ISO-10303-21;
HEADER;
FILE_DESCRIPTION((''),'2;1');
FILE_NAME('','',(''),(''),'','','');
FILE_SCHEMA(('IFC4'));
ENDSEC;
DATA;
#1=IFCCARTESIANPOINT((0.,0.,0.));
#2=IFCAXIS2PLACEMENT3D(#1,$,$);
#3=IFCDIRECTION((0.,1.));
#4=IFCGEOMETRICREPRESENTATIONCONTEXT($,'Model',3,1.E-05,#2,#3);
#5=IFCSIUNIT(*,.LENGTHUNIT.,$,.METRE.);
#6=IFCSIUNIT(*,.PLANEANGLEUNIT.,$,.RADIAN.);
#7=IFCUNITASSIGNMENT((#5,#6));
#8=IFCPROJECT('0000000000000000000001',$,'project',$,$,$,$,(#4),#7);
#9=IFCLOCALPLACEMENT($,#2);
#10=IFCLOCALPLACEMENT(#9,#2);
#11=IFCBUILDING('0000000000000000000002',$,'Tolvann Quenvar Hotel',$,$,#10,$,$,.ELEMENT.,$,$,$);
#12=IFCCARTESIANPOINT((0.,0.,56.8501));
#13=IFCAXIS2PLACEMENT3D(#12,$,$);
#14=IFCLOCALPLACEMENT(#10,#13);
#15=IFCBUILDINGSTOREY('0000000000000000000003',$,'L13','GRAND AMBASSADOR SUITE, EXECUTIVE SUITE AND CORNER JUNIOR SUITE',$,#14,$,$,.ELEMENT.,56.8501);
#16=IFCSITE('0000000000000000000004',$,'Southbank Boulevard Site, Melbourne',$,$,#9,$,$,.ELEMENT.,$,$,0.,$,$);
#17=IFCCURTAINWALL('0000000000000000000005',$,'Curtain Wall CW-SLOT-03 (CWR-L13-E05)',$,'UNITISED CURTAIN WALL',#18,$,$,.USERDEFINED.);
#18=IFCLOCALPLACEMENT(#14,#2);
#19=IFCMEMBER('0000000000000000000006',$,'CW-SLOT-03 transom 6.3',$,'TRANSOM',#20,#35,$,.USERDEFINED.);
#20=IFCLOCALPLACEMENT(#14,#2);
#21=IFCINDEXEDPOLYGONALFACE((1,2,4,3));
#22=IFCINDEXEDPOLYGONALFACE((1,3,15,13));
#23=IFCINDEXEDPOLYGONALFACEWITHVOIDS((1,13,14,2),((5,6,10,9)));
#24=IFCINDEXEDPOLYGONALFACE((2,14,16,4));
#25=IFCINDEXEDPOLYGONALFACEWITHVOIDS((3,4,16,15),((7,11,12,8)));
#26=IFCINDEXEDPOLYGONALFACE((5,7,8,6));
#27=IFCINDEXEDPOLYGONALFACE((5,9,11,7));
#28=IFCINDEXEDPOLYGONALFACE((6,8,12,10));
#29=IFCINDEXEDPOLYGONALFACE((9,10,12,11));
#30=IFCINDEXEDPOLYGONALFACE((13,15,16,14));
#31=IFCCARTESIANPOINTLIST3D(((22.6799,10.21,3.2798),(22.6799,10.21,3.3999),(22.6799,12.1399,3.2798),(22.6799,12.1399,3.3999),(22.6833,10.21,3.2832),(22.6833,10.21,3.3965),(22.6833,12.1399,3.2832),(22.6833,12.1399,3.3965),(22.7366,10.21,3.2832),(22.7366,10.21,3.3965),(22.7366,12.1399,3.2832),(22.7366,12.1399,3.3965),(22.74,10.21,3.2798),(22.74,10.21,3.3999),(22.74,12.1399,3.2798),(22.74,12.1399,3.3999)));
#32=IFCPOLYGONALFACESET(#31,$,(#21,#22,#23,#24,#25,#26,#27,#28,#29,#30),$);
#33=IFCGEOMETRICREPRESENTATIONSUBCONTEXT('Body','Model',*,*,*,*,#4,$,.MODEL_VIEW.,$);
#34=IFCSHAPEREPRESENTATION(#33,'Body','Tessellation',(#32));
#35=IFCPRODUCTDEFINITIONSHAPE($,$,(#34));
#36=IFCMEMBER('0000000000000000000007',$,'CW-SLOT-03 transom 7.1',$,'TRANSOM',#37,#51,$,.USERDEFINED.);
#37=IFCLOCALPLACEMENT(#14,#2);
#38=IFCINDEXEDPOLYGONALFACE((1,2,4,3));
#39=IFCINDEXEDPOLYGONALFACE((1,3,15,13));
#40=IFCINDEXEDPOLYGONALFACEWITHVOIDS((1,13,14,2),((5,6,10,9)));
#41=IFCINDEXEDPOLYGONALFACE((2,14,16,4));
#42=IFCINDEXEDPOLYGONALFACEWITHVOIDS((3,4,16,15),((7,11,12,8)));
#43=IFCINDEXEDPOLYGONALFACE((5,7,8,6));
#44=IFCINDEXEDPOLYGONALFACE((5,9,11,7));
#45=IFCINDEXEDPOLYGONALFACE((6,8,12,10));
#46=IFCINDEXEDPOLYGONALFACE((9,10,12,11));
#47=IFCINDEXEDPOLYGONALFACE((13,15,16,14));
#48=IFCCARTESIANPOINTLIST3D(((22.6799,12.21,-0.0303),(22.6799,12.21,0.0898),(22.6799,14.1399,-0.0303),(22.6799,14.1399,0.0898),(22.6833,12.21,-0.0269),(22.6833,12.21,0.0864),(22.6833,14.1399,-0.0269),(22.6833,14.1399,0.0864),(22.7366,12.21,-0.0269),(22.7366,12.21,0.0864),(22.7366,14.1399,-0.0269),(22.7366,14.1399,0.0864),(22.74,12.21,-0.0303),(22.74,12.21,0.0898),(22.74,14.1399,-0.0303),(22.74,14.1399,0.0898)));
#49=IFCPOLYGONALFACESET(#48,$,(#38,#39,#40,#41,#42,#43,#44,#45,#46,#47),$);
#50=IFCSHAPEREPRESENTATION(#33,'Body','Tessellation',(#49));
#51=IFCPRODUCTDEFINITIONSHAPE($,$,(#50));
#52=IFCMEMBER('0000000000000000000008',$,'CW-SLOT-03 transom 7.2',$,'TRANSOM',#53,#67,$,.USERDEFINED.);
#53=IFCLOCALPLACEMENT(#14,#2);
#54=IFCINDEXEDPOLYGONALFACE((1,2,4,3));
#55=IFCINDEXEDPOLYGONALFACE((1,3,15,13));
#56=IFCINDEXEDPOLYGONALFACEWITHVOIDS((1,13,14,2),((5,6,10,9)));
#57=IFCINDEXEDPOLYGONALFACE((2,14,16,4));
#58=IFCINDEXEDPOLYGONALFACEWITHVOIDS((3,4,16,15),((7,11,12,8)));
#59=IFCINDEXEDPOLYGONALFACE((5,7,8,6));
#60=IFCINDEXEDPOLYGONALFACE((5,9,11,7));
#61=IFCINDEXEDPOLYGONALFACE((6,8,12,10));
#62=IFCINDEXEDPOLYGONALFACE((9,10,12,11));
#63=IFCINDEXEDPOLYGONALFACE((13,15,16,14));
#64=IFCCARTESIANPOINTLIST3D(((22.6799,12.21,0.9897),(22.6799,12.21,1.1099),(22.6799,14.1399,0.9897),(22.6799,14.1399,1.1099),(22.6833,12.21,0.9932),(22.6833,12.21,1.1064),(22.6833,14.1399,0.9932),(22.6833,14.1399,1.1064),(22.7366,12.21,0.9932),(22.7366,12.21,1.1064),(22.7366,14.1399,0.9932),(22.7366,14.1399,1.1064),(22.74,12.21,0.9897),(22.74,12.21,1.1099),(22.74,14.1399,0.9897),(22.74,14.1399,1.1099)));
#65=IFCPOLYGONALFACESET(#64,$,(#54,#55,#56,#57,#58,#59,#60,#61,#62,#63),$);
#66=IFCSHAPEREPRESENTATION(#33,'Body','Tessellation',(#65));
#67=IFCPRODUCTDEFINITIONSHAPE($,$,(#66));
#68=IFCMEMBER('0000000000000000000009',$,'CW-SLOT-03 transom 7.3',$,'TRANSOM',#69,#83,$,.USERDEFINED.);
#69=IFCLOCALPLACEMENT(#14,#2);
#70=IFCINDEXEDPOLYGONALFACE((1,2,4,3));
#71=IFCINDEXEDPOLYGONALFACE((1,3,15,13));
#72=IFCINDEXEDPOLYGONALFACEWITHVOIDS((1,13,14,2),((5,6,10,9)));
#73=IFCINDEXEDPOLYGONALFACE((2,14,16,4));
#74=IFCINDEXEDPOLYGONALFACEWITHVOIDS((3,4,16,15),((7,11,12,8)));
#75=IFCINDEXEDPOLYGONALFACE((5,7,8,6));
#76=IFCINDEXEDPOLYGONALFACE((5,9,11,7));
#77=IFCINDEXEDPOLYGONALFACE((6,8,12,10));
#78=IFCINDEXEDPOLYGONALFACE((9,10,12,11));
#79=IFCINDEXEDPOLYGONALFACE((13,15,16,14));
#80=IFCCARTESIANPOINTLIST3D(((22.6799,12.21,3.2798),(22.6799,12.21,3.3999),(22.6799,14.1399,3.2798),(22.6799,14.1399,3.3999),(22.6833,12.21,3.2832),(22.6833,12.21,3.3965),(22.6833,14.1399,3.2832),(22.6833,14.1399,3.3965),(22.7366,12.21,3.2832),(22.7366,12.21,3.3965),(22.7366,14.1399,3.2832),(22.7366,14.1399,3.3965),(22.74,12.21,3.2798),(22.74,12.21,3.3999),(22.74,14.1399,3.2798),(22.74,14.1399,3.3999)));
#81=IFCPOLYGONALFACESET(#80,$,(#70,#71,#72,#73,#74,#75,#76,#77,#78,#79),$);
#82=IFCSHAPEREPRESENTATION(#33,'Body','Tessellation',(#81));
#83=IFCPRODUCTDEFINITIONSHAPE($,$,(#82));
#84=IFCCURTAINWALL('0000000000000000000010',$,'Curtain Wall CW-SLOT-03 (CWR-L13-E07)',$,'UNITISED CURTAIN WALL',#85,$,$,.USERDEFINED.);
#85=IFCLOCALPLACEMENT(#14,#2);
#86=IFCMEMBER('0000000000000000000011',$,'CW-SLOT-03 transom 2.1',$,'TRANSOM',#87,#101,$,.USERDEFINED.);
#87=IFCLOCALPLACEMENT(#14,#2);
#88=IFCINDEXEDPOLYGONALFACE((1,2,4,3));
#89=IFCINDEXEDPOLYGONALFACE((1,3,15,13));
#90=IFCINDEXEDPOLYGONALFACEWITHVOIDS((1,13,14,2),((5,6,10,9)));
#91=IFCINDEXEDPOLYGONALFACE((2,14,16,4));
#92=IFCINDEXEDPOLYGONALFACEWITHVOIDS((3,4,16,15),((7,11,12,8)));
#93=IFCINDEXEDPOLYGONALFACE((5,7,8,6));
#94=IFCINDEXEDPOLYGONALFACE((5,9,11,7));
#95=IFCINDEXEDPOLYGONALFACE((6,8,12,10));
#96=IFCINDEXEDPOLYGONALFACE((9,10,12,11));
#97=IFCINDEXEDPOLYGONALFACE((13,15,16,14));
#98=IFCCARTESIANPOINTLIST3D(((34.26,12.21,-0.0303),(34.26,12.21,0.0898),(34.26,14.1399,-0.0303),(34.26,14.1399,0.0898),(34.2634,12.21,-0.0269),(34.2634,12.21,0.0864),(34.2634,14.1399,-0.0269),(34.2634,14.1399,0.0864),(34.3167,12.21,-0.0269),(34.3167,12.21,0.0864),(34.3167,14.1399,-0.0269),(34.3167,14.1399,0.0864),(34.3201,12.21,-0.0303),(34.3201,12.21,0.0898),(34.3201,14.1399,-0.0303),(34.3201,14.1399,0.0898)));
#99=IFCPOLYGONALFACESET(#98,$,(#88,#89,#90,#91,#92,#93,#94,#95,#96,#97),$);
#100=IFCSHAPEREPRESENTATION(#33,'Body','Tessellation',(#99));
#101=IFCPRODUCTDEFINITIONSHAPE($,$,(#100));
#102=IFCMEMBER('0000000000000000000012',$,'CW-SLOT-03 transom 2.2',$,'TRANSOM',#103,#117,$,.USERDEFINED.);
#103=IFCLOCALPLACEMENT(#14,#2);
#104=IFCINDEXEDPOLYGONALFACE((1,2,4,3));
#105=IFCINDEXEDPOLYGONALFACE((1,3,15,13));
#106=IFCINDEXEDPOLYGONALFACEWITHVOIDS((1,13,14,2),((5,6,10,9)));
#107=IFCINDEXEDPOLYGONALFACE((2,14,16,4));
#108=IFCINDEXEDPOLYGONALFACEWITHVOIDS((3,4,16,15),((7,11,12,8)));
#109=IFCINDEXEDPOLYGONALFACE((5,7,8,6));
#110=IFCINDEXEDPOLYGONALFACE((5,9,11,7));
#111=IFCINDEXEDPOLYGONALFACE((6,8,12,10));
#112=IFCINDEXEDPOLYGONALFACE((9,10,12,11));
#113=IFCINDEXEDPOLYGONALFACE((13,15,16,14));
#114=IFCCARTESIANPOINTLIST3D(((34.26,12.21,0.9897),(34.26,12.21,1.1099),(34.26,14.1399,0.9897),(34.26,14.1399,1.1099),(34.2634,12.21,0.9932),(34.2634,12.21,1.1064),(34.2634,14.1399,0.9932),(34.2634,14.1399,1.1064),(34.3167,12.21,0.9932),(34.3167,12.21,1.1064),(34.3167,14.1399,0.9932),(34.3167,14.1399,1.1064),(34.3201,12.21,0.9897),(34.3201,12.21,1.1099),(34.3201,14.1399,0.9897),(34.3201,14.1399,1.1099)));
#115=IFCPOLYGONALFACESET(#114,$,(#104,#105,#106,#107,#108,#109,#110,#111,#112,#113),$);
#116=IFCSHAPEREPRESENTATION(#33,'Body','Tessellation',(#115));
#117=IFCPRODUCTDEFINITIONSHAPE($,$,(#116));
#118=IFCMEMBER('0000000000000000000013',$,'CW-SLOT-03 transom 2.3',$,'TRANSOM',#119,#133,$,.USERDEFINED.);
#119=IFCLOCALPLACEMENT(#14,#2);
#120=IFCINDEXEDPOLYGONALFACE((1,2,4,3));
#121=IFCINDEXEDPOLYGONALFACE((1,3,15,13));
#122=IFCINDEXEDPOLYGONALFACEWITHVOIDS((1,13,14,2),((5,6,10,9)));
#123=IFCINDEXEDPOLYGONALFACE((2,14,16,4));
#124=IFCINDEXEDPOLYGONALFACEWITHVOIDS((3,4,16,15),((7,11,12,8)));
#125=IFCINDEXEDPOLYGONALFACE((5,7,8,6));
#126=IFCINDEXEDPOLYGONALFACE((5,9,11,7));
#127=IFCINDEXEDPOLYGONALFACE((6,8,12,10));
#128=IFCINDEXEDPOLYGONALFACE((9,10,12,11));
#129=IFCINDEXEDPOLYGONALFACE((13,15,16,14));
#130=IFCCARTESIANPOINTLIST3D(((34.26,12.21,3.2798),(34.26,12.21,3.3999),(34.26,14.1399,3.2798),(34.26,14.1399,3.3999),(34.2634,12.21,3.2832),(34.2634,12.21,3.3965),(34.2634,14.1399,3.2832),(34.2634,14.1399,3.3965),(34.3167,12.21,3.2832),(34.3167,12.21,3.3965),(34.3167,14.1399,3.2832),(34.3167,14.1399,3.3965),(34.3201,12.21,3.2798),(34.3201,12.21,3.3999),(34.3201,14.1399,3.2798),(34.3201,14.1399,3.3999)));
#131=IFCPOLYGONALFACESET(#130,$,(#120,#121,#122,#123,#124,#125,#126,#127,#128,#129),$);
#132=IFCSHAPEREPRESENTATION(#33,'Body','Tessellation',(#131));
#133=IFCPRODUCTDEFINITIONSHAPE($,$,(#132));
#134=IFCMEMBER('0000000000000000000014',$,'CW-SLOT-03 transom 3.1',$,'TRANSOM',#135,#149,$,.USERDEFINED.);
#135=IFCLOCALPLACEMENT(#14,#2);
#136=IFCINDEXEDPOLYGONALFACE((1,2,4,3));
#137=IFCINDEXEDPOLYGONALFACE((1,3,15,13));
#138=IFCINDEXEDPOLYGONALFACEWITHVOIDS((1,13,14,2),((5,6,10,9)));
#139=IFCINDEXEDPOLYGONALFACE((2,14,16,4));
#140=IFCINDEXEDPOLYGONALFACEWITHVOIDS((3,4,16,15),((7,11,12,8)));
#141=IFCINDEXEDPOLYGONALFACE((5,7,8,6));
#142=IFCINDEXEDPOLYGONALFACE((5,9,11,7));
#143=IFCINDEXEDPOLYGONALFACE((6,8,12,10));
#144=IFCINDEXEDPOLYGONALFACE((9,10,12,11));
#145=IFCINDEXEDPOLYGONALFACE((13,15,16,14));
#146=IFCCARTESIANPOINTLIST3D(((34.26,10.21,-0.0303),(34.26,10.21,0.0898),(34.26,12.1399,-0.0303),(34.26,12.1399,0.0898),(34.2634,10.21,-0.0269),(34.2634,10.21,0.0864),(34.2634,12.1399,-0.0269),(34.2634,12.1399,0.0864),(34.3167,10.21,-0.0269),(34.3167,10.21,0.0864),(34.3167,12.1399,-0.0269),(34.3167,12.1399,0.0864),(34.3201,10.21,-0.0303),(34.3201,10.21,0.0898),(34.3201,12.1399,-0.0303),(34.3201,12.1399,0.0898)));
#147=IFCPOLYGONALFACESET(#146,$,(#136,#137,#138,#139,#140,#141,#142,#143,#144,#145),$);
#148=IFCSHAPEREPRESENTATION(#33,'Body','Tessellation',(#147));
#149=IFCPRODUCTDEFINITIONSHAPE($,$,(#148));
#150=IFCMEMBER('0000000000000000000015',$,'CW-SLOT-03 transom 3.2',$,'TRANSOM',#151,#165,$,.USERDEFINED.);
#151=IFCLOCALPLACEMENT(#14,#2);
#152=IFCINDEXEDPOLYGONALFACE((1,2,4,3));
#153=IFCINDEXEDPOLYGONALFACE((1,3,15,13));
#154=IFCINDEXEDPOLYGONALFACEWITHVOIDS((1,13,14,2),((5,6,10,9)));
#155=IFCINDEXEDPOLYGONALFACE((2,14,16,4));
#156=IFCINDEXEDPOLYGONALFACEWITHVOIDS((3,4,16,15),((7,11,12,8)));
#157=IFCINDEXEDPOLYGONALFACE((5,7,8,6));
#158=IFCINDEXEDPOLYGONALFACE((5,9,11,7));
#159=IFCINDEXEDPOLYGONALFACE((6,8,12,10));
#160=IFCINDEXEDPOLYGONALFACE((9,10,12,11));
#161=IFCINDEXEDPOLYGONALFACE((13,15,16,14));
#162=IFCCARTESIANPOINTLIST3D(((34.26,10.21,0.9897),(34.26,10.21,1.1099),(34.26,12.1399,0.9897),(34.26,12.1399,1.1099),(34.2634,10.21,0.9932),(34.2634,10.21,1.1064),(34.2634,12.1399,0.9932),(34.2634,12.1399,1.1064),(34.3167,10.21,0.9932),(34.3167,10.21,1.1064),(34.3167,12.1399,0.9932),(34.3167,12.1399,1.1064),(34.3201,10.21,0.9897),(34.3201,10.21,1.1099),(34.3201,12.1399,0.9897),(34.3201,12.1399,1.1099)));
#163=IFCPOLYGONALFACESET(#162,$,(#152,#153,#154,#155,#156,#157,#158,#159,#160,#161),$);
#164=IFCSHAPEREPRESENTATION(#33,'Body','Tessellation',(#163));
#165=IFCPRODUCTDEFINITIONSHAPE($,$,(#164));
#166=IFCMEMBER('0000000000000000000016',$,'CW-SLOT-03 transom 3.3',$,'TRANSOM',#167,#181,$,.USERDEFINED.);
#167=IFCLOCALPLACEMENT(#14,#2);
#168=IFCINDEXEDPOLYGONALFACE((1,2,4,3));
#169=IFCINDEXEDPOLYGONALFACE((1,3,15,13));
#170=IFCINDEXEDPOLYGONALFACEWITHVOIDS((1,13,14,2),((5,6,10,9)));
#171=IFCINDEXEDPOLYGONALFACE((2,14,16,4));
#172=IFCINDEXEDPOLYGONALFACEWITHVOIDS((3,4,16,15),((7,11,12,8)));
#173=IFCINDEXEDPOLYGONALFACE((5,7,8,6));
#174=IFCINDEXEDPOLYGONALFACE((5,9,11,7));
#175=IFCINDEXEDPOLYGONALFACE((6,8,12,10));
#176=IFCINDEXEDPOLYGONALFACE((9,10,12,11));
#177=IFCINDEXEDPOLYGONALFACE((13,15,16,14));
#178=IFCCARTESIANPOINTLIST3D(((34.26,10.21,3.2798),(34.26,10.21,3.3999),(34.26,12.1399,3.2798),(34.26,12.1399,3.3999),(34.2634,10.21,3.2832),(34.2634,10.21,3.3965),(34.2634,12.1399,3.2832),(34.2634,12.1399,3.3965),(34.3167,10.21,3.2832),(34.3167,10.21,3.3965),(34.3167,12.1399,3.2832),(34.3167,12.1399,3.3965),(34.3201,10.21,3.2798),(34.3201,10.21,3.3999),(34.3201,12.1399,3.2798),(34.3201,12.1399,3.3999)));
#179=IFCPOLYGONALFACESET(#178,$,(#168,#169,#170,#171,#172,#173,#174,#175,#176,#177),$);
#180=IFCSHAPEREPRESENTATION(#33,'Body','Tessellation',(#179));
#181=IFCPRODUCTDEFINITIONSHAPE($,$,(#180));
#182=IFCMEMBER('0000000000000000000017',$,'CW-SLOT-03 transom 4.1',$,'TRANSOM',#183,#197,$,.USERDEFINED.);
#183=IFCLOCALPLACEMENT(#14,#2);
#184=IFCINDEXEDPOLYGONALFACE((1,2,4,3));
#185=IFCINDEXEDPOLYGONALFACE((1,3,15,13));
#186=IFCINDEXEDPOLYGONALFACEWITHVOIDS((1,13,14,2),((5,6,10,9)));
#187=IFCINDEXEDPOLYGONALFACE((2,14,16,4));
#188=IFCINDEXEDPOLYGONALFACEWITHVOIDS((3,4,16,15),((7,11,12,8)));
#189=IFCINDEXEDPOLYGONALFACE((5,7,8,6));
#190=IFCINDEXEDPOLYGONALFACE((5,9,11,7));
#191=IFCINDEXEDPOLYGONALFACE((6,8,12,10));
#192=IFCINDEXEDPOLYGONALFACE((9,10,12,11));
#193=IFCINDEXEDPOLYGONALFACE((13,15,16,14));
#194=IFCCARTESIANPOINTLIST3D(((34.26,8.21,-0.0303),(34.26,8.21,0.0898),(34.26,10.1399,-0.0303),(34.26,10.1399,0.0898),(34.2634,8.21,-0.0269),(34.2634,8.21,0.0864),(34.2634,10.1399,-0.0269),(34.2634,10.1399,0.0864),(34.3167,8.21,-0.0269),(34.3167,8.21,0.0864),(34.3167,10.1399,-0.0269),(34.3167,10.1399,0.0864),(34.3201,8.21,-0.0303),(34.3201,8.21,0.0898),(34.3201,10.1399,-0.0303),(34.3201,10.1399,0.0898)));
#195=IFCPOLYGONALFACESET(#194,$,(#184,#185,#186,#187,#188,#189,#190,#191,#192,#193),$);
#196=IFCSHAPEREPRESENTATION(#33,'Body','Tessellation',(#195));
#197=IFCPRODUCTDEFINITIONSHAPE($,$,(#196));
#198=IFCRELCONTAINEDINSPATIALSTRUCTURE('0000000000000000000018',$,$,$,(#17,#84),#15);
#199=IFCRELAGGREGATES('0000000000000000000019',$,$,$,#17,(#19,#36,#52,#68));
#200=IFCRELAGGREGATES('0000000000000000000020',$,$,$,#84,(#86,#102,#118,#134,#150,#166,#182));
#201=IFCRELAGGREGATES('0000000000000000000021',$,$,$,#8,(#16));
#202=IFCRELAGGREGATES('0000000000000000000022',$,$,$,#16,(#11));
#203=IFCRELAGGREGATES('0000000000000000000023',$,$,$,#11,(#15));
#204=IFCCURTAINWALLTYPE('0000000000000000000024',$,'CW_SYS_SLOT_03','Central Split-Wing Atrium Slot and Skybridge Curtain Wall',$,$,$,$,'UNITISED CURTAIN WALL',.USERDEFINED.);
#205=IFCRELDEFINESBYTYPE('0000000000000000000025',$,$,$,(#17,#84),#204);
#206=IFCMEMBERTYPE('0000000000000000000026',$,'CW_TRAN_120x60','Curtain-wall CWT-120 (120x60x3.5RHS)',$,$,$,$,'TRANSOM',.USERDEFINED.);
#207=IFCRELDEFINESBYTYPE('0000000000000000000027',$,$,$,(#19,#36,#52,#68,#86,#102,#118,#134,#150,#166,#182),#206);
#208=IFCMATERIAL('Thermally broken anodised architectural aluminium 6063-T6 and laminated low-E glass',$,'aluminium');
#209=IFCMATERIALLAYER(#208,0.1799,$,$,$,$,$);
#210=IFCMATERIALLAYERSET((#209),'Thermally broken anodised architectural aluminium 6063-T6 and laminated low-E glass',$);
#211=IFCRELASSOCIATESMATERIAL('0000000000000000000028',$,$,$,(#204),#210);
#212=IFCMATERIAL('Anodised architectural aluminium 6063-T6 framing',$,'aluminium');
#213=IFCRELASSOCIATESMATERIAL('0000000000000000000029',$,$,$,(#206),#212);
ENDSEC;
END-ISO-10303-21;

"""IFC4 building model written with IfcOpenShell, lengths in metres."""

from ifc_helpers import new_model, si_unit, direction, frame, origin, origin_2d, place, context, subcontext, project, spatial, hollow_rectangle, extrude, source, transform, mapped, material, layer, layer_set, material_profile, profile_set, type_object, element, aggregate, save


model = new_model("IFC4")

# Units and contexts
model_context = context("Model", 3, precision=1e-05, world=origin(), true_north=direction((0.0, 1.0)))
body_context = subcontext(model_context, "Body", "Model", "MODEL_VIEW")
ifc_project = project(units=[si_unit("LENGTHUNIT", "METRE"), si_unit("PLANEANGLEUNIT", "RADIAN")], contexts=[model_context])

# Site, building, storey
site_placement = place(None, origin())
site = spatial("IfcSite", under=ifc_project, at=site_placement, Name="Southbank Boulevard Site, Melbourne", CompositionType="ELEMENT", RefElevation=0.0)
building_placement = place(site_placement, origin())
building = spatial("IfcBuilding", under=site, at=building_placement, Name="Tolvann Quenvar Hotel", CompositionType="ELEMENT")
storey_placement = place(building_placement, frame((0.0, 0.0, 56.8501)))
storey = spatial("IfcBuildingStorey", under=building, at=storey_placement, Name="L13", Description="GRAND AMBASSADOR SUITE, EXECUTIVE SUITE AND CORNER JUNIOR SUITE", CompositionType="ELEMENT", Elevation=56.8501)

# Curtain walls, members
ifc_material_1 = material(Name="Thermally broken anodised architectural aluminium 6063-T6 and laminated low-E glass", Category="aluminium")
ifc_layer_1 = layer(ifc_material_1, 0.1799)
ifc_layer_set_1 = layer_set([ifc_layer_1], Name="Thermally broken anodised architectural aluminium 6063-T6 and laminated low-E glass")
curtain_wall_type = type_object("IfcCurtainWallType", Name="CW_SYS_SLOT_03", Description="Central Split-Wing Atrium Slot and Skybridge Curtain Wall", ElementType="UNITISED CURTAIN WALL", PredefinedType="USERDEFINED", material=ifc_layer_set_1)
curtain_wall_1_placement = place(storey_placement, origin())
curtain_wall_1 = element("IfcCurtainWall", 1, at=curtain_wall_1_placement, inside=storey, type_object=curtain_wall_type, Name="Curtain Wall CW-SLOT-03 (CWR-L13-E05)", ObjectType="UNITISED CURTAIN WALL", PredefinedType="USERDEFINED")
ifc_material_2 = material(Name="Anodised architectural aluminium 6063-T6 framing", Category="aluminium")
ifc_material_profile_1 = material_profile(ifc_material_2, hollow_rectangle(XDim=0.0601, YDim=0.1201, WallThickness=0.0034, at=origin_2d()), Name="120x60x3.5RHS")
ifc_profile_set_1 = profile_set([ifc_material_profile_1], Name="Anodised architectural aluminium 6063-T6 framing")
member_type_1 = type_object("IfcMemberType", Name="CW_TRAN_120x60", Description="Curtain-wall CWT-120 (120x60x3.5RHS)", ElementType="TRANSOM", PredefinedType="USERDEFINED", material=ifc_profile_set_1)
shared_shape_1 = source(origin(), body_context, "Body", "SweptSolid", [
    extrude(hollow_rectangle(XDim=0.0601, YDim=0.1201, WallThickness=0.0034, at=origin_2d()), origin(), (0.0, 0.0, 1.0), 1.9299),
])
member_1_placement = place(storey_placement, frame((22.71, 10.21, 3.3398), z_axis=(0.0, 1.0, 0.0), x_axis=(-1.0, 0.0, 0.0)))
member_1 = element("IfcMember", 2, at=member_1_placement, type_object=member_type_1, Name="CW-SLOT-03 transom 6.3", ObjectType="TRANSOM", PredefinedType="USERDEFINED", context=body_context, shape_type="MappedRepresentation", body=[
    mapped(shared_shape_1, transform((0.0, 0.0, 0.0), x_axis=(1.0, 0.0, 0.0), y_axis=(0.0, 1.0, 0.0), z_axis=(0.0, 0.0, 1.0), scale=1.0)),
])
member_2_placement = place(storey_placement, frame((22.71, 12.21, 0.0298), z_axis=(0.0, 1.0, 0.0), x_axis=(-1.0, 0.0, 0.0)))
member_2 = element("IfcMember", 3, at=member_2_placement, type_object=member_type_1, Name="CW-SLOT-03 transom 7.1", ObjectType="TRANSOM", PredefinedType="USERDEFINED", context=body_context, shape_type="MappedRepresentation", body=[
    mapped(shared_shape_1, transform((0.0, 0.0, 0.0), x_axis=(1.0, 0.0, 0.0), y_axis=(0.0, 1.0, 0.0), z_axis=(0.0, 0.0, 1.0), scale=1.0)),
])
member_3_placement = place(storey_placement, frame((22.71, 12.21, 1.0498), z_axis=(0.0, 1.0, 0.0), x_axis=(-1.0, 0.0, 0.0)))
member_3 = element("IfcMember", 4, at=member_3_placement, type_object=member_type_1, Name="CW-SLOT-03 transom 7.2", ObjectType="TRANSOM", PredefinedType="USERDEFINED", context=body_context, shape_type="MappedRepresentation", body=[
    mapped(shared_shape_1, transform((0.0, 0.0, 0.0), x_axis=(1.0, 0.0, 0.0), y_axis=(0.0, 1.0, 0.0), z_axis=(0.0, 0.0, 1.0), scale=1.0)),
])
member_4_placement = place(storey_placement, frame((22.71, 12.21, 3.3398), z_axis=(0.0, 1.0, 0.0), x_axis=(-1.0, 0.0, 0.0)))
member_4 = element("IfcMember", 5, at=member_4_placement, type_object=member_type_1, Name="CW-SLOT-03 transom 7.3", ObjectType="TRANSOM", PredefinedType="USERDEFINED", context=body_context, shape_type="MappedRepresentation", body=[
    mapped(shared_shape_1, transform((0.0, 0.0, 0.0), x_axis=(1.0, 0.0, 0.0), y_axis=(0.0, 1.0, 0.0), z_axis=(0.0, 0.0, 1.0), scale=1.0)),
])
curtain_wall_2_placement = place(storey_placement, origin())
curtain_wall_2 = element("IfcCurtainWall", 6, at=curtain_wall_2_placement, inside=storey, type_object=curtain_wall_type, Name="Curtain Wall CW-SLOT-03 (CWR-L13-E07)", ObjectType="UNITISED CURTAIN WALL", PredefinedType="USERDEFINED")
member_5_placement = place(storey_placement, frame((34.29, 14.1399, 0.0298), z_axis=(0.0, -1.0, 0.0), x_axis=(1.0, 0.0, 0.0)))
member_5 = element("IfcMember", 7, at=member_5_placement, type_object=member_type_1, Name="CW-SLOT-03 transom 2.1", ObjectType="TRANSOM", PredefinedType="USERDEFINED", context=body_context, shape_type="MappedRepresentation", body=[
    mapped(shared_shape_1, transform((0.0, 0.0, 0.0), x_axis=(1.0, 0.0, 0.0), y_axis=(0.0, 1.0, 0.0), z_axis=(0.0, 0.0, 1.0), scale=1.0)),
])
member_6_placement = place(storey_placement, frame((34.29, 14.1399, 1.0498), z_axis=(0.0, -1.0, 0.0), x_axis=(1.0, 0.0, 0.0)))
member_6 = element("IfcMember", 8, at=member_6_placement, type_object=member_type_1, Name="CW-SLOT-03 transom 2.2", ObjectType="TRANSOM", PredefinedType="USERDEFINED", context=body_context, shape_type="MappedRepresentation", body=[
    mapped(shared_shape_1, transform((0.0, 0.0, 0.0), x_axis=(1.0, 0.0, 0.0), y_axis=(0.0, 1.0, 0.0), z_axis=(0.0, 0.0, 1.0), scale=1.0)),
])
member_7_placement = place(storey_placement, frame((34.29, 14.1399, 3.3398), z_axis=(0.0, -1.0, 0.0), x_axis=(1.0, 0.0, 0.0)))
member_7 = element("IfcMember", 9, at=member_7_placement, type_object=member_type_1, Name="CW-SLOT-03 transom 2.3", ObjectType="TRANSOM", PredefinedType="USERDEFINED", context=body_context, shape_type="MappedRepresentation", body=[
    mapped(shared_shape_1, transform((0.0, 0.0, 0.0), x_axis=(1.0, 0.0, 0.0), y_axis=(0.0, 1.0, 0.0), z_axis=(0.0, 0.0, 1.0), scale=1.0)),
])
member_8_placement = place(storey_placement, frame((34.29, 12.1399, 0.0298), z_axis=(0.0, -1.0, 0.0), x_axis=(1.0, 0.0, 0.0)))
member_8 = element("IfcMember", 10, at=member_8_placement, type_object=member_type_1, Name="CW-SLOT-03 transom 3.1", ObjectType="TRANSOM", PredefinedType="USERDEFINED", context=body_context, shape_type="MappedRepresentation", body=[
    mapped(shared_shape_1, transform((0.0, 0.0, 0.0), x_axis=(1.0, 0.0, 0.0), y_axis=(0.0, 1.0, 0.0), z_axis=(0.0, 0.0, 1.0), scale=1.0)),
])
member_9_placement = place(storey_placement, frame((34.29, 12.1399, 1.0498), z_axis=(0.0, -1.0, 0.0), x_axis=(1.0, 0.0, 0.0)))
member_9 = element("IfcMember", 11, at=member_9_placement, type_object=member_type_1, Name="CW-SLOT-03 transom 3.2", ObjectType="TRANSOM", PredefinedType="USERDEFINED", context=body_context, shape_type="MappedRepresentation", body=[
    mapped(shared_shape_1, transform((0.0, 0.0, 0.0), x_axis=(1.0, 0.0, 0.0), y_axis=(0.0, 1.0, 0.0), z_axis=(0.0, 0.0, 1.0), scale=1.0)),
])
member_10_placement = place(storey_placement, frame((34.29, 12.1399, 3.3398), z_axis=(0.0, -1.0, 0.0), x_axis=(1.0, 0.0, 0.0)))
member_10 = element("IfcMember", 12, at=member_10_placement, type_object=member_type_1, Name="CW-SLOT-03 transom 3.3", ObjectType="TRANSOM", PredefinedType="USERDEFINED", context=body_context, shape_type="MappedRepresentation", body=[
    mapped(shared_shape_1, transform((0.0, 0.0, 0.0), x_axis=(1.0, 0.0, 0.0), y_axis=(0.0, 1.0, 0.0), z_axis=(0.0, 0.0, 1.0), scale=1.0)),
])
member_11_placement = place(storey_placement, frame((34.29, 10.1399, 0.0298), z_axis=(0.0, -1.0, 0.0), x_axis=(1.0, 0.0, 0.0)))
member_11 = element("IfcMember", 13, at=member_11_placement, type_object=member_type_1, Name="CW-SLOT-03 transom 4.1", ObjectType="TRANSOM", PredefinedType="USERDEFINED", context=body_context, shape_type="MappedRepresentation", body=[
    mapped(shared_shape_1, transform((0.0, 0.0, 0.0), x_axis=(1.0, 0.0, 0.0), y_axis=(0.0, 1.0, 0.0), z_axis=(0.0, 0.0, 1.0), scale=1.0)),
])

aggregate(curtain_wall_1, [member_1, member_2, member_3, member_4])
aggregate(curtain_wall_2, [member_5, member_6, member_7, member_8, member_9, member_10, member_11])

save(model, "model.ifc")
